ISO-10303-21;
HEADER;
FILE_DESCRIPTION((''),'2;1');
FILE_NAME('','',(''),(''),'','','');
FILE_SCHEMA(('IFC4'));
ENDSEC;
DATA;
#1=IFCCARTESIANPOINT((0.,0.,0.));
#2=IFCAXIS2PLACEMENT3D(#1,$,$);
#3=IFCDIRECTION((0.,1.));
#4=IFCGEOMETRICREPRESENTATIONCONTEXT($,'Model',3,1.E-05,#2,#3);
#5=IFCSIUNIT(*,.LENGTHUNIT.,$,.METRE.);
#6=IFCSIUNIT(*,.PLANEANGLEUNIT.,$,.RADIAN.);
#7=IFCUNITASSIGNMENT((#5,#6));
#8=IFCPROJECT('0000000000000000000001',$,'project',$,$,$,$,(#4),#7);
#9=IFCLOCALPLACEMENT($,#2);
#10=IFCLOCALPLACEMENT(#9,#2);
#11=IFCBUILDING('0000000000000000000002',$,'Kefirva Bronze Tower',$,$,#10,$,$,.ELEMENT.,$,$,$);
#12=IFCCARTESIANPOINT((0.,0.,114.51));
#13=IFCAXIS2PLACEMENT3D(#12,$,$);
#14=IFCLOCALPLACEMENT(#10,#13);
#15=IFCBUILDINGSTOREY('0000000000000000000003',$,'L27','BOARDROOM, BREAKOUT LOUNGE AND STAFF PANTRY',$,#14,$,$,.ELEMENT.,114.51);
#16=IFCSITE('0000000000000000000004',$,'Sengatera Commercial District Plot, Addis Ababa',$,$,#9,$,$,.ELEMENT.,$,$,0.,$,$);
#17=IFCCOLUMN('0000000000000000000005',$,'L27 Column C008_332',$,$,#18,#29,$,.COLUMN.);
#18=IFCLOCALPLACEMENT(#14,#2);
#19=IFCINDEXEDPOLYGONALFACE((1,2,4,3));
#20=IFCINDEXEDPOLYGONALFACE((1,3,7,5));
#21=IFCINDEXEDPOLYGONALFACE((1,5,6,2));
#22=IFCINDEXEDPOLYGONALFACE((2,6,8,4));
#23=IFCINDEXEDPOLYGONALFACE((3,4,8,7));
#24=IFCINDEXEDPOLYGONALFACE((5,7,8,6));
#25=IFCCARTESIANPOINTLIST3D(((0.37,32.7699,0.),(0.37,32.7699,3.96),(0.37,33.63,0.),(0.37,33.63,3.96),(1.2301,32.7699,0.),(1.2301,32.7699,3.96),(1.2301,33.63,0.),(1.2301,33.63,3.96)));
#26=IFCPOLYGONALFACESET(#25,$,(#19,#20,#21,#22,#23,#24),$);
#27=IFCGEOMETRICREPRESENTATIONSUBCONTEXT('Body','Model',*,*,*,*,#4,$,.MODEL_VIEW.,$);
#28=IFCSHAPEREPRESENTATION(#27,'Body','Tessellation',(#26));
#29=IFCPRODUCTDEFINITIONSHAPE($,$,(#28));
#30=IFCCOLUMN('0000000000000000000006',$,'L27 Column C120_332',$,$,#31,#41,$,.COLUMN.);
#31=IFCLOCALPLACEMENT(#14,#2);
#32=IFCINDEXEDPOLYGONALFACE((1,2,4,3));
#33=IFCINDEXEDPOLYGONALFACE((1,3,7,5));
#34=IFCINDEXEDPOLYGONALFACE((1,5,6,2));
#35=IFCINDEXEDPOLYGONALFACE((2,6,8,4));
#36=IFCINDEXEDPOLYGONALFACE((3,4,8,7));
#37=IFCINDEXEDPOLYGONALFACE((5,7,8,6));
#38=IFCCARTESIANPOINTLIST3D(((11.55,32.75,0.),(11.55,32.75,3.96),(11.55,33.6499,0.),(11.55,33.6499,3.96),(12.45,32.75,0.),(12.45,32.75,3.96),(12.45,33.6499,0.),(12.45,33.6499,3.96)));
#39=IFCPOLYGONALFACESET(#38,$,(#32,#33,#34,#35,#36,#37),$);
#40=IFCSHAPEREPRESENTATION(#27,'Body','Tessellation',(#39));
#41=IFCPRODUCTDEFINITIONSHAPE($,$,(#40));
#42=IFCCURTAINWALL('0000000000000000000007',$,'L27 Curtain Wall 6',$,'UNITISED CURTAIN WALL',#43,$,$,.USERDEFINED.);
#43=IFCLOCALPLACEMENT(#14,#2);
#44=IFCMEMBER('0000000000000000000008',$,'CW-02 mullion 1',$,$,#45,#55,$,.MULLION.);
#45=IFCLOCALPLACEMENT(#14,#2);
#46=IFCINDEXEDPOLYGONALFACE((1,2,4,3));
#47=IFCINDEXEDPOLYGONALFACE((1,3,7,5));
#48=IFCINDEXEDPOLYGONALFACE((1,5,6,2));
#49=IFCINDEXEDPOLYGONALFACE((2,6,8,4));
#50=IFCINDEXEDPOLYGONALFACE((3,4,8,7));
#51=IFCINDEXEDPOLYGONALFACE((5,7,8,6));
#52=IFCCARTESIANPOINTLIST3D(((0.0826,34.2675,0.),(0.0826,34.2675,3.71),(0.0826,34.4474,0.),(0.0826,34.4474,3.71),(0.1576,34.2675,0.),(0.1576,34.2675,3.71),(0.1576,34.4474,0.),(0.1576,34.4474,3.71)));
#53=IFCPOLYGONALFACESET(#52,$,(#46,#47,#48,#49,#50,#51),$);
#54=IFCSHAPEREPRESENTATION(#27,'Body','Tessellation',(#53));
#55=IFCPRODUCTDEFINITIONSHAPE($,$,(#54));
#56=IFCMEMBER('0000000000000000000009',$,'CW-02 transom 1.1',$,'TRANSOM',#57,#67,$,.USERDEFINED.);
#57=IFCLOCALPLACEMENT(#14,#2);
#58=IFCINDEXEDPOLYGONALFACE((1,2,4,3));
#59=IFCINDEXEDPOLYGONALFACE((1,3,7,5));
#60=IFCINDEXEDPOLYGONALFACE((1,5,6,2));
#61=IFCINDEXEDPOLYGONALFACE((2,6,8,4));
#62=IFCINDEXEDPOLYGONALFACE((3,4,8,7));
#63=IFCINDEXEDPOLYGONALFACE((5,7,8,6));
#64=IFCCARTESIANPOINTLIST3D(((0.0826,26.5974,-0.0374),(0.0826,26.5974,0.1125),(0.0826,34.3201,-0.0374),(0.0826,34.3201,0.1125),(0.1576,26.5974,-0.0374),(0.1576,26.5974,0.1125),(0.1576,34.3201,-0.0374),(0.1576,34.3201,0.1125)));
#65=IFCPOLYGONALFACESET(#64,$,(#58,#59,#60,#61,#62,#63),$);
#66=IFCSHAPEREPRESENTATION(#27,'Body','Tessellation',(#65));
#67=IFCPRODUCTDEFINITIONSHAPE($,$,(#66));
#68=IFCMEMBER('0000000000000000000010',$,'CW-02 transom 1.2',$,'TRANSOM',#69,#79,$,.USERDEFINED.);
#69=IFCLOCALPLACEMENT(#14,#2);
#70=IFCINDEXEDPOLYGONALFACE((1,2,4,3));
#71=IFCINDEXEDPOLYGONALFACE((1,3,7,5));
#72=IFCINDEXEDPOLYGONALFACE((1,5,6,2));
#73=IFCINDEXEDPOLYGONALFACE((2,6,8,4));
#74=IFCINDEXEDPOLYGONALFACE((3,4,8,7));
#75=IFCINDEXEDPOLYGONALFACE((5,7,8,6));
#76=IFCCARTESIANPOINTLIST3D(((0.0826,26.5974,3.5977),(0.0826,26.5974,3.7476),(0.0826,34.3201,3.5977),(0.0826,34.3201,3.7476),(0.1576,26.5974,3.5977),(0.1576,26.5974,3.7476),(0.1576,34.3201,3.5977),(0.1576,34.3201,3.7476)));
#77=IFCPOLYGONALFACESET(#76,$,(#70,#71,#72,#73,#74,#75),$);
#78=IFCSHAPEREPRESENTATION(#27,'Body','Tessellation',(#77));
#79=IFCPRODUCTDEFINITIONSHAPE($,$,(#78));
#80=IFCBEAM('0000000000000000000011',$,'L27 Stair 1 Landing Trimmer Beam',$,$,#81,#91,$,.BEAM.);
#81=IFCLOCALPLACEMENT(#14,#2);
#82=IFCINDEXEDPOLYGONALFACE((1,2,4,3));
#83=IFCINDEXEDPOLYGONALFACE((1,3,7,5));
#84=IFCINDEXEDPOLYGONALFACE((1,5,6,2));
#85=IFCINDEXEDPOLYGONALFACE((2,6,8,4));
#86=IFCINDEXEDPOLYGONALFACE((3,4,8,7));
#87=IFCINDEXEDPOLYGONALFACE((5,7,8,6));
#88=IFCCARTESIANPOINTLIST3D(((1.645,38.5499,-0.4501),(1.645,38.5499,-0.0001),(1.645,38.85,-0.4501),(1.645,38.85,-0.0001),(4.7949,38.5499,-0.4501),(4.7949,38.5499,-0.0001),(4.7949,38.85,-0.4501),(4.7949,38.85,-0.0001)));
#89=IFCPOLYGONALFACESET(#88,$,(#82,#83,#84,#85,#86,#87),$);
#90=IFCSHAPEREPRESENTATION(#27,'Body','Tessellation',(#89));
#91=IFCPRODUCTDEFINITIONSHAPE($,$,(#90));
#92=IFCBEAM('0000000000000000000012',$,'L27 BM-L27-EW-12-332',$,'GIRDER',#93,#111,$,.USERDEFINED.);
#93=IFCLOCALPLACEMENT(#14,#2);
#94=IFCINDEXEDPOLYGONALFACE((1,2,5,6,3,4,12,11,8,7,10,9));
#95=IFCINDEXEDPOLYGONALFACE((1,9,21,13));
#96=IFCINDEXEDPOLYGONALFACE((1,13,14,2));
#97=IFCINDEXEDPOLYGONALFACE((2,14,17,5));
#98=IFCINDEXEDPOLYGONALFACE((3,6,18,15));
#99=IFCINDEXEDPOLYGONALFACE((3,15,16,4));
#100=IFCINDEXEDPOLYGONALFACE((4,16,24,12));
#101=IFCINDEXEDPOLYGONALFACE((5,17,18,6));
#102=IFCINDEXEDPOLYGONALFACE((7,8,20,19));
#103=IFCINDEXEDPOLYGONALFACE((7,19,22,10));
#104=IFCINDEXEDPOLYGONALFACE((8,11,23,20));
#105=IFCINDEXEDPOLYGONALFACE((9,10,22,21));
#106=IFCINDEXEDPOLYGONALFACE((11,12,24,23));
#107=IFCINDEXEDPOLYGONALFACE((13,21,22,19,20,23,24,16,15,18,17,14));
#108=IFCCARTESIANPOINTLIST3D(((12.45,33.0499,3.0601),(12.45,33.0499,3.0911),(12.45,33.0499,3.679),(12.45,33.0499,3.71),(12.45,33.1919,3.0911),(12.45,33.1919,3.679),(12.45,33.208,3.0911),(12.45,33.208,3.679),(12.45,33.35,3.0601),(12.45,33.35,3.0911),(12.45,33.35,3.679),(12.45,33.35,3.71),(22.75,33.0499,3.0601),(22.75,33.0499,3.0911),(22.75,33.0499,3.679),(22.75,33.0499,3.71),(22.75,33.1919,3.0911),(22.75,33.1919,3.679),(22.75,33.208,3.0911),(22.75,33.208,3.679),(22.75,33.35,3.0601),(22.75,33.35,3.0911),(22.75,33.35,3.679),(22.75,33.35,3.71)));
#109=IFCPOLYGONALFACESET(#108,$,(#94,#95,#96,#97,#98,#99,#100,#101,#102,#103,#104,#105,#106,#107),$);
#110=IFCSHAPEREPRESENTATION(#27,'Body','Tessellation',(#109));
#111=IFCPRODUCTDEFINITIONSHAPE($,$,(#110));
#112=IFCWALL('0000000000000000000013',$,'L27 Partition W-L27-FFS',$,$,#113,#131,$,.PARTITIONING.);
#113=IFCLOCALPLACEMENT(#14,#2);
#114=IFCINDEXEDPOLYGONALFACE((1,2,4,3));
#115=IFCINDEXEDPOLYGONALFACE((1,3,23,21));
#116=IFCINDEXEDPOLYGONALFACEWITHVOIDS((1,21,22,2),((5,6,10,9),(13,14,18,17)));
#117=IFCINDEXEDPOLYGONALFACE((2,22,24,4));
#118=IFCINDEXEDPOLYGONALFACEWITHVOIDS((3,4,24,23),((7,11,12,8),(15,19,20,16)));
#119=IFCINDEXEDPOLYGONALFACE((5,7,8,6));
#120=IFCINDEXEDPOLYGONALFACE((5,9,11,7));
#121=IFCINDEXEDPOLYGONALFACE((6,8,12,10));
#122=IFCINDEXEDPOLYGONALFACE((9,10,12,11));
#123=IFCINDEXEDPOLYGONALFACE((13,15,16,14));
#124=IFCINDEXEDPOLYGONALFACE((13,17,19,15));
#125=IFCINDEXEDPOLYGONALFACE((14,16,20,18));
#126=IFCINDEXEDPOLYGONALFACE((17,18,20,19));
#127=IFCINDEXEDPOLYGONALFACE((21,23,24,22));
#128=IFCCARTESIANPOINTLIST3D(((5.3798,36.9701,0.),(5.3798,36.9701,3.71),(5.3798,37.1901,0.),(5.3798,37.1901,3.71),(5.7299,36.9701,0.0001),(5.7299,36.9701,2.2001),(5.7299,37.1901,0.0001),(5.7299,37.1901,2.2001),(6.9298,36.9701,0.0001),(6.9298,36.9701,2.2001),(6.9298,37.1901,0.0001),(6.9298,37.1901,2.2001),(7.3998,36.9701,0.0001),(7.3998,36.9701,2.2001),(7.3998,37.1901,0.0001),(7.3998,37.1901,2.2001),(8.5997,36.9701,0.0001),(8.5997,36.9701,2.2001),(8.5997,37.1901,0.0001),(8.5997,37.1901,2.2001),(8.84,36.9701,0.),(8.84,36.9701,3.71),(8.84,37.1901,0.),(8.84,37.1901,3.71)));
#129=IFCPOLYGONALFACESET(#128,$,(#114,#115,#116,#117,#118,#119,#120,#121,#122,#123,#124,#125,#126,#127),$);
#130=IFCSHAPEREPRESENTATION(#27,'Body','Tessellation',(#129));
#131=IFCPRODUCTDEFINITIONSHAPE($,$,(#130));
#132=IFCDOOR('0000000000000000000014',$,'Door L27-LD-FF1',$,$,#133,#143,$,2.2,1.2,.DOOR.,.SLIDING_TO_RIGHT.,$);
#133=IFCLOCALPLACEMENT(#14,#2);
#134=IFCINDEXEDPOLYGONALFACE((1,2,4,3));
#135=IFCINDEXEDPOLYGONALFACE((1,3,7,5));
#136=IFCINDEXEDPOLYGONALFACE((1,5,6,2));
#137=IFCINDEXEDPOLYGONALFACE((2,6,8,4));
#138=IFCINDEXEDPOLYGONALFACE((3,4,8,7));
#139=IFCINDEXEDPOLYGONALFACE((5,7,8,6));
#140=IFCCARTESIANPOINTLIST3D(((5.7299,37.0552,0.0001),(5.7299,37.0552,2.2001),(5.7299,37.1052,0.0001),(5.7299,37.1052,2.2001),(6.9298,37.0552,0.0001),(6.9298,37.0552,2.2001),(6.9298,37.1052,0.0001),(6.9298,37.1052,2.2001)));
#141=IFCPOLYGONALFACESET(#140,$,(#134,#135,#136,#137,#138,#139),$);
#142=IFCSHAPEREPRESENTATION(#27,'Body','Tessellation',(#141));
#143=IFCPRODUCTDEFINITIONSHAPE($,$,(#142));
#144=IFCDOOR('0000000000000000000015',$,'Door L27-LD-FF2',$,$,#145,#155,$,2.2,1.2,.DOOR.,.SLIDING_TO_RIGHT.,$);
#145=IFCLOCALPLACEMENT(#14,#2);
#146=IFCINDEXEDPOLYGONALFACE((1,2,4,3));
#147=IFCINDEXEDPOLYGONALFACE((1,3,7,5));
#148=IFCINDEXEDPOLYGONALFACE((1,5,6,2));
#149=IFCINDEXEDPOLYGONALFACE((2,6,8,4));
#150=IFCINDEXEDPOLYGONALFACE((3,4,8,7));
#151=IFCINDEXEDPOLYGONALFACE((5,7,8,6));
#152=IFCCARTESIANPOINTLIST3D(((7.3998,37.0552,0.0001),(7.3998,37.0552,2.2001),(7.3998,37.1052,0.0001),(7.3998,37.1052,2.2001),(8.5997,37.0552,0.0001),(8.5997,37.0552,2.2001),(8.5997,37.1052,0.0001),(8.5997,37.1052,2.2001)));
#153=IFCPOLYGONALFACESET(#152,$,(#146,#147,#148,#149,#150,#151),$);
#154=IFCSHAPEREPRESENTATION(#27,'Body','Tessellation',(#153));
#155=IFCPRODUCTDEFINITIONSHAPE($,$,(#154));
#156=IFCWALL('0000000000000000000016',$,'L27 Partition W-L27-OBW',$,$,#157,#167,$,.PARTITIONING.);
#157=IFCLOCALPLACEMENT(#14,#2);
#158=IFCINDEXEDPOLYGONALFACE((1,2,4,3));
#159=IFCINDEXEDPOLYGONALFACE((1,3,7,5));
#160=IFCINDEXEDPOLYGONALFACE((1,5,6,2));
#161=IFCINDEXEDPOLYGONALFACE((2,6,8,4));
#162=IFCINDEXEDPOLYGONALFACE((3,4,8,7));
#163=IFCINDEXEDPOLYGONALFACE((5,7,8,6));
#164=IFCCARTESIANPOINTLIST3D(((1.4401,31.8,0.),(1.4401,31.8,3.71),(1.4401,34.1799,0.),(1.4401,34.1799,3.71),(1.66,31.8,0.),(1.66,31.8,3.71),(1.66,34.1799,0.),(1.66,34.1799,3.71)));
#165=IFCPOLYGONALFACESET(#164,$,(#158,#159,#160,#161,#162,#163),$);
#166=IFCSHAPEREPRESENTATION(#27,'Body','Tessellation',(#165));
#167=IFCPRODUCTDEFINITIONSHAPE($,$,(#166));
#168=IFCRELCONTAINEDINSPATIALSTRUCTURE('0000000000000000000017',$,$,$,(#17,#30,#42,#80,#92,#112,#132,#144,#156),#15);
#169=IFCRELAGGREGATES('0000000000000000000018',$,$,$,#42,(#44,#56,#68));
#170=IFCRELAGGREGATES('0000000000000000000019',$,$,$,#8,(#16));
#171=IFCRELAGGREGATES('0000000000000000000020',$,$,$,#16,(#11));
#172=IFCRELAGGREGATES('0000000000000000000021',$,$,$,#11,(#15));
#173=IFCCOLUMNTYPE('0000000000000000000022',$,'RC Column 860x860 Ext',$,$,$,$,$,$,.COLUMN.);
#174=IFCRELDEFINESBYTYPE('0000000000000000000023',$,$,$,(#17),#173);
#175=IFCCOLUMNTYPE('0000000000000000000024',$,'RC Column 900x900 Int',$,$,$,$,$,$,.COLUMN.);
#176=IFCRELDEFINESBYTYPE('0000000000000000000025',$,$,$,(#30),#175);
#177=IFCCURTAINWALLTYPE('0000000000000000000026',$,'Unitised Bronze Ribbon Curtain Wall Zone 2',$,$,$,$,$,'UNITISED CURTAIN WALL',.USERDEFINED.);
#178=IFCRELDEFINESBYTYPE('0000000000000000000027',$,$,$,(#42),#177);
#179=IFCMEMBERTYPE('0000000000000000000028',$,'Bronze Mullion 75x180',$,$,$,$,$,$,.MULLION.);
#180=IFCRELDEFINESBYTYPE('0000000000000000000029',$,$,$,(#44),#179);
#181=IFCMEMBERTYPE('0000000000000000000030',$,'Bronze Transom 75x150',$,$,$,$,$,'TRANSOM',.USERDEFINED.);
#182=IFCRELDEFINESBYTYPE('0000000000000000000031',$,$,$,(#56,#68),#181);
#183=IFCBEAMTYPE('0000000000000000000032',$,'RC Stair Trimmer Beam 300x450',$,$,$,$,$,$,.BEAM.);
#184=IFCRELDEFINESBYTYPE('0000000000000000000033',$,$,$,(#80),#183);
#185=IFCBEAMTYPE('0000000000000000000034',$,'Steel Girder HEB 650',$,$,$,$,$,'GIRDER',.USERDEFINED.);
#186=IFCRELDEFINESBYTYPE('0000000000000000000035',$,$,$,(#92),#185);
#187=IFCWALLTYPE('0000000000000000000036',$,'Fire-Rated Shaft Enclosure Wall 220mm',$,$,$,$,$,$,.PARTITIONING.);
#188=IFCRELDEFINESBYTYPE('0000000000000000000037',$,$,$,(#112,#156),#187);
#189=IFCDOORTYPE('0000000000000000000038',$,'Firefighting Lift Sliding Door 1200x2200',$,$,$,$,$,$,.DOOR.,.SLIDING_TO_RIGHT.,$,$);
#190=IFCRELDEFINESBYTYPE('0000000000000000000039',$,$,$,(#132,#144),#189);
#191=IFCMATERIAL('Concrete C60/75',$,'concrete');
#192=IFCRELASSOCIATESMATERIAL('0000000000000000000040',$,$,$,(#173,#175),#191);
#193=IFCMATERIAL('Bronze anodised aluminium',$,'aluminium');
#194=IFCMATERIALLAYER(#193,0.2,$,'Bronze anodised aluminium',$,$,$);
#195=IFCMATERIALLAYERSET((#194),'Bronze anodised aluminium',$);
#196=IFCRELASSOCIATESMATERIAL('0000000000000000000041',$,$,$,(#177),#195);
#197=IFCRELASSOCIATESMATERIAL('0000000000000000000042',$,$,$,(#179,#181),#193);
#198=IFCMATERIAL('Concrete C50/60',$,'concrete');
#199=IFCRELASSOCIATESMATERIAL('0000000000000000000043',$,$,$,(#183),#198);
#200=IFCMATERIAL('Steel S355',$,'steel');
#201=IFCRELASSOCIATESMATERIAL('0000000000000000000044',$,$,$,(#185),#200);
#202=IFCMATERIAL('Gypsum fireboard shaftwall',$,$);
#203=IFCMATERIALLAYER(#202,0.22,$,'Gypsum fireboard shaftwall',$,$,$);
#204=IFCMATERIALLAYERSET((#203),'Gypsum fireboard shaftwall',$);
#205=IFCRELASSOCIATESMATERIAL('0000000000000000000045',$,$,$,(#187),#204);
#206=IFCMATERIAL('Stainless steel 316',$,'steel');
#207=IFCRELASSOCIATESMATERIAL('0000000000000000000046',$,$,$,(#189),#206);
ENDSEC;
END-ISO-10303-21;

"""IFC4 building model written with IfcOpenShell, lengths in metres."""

from ifc_helpers import new_model, si_unit, direction, frame, frame_2d, origin, origin_2d, place, context, subcontext, project, spatial, rectangle, i_section, extrude, material, layer, layer_set, material_profile, profile_set, type_object, element, fill, aggregate, save


model = new_model("IFC4")

# Units and contexts
model_context = context("Model", 3, precision=1e-05, world=origin(), true_north=direction((0.0, 1.0)))
body_context = subcontext(model_context, "Body", "Model", "MODEL_VIEW")
ifc_project = project(units=[si_unit("LENGTHUNIT", "METRE"), si_unit("PLANEANGLEUNIT", "RADIAN")], contexts=[model_context])

# Site, building, storey
site_placement = place(None, origin())
site = spatial("IfcSite", under=ifc_project, at=site_placement, Name="Sengatera Commercial District Plot, Addis Ababa", CompositionType="ELEMENT", RefElevation=0.0)
building_placement = place(site_placement, origin())
building = spatial("IfcBuilding", under=site, at=building_placement, Name="Kefirva Bronze Tower", CompositionType="ELEMENT")
storey_placement = place(building_placement, frame((0.0, 0.0, 114.51)))
storey = spatial("IfcBuildingStorey", under=building, at=storey_placement, Name="L27", Description="BOARDROOM, BREAKOUT LOUNGE AND STAFF PANTRY", CompositionType="ELEMENT", Elevation=114.51)

# Columns
ifc_material_1 = material(Name="Concrete C60/75", Category="concrete")
ifc_material_profile_1 = material_profile(ifc_material_1, rectangle(XDim=0.8601, YDim=0.8601, at=origin_2d()), Name="RC 860x860")
ifc_profile_set_1 = profile_set([ifc_material_profile_1], Name="Concrete C60/75")
column_type_1 = type_object("IfcColumnType", Name="RC Column 860x860 Ext", PredefinedType="COLUMN", material=ifc_profile_set_1)
column_1_placement = place(storey_placement, frame((0.8, 33.2, 0.0), z_axis=(0.0, 0.0, 1.0), x_axis=(1.0, 0.0, 0.0)))
element("IfcColumn", 1, at=column_1_placement, inside=storey, type_object=column_type_1, Name="L27 Column C008_332", PredefinedType="COLUMN", context=body_context, shape_type="SweptSolid", body=[
    extrude(rectangle(XDim=0.8601, YDim=0.8601, at=origin_2d()), origin(), (0.0, 0.0, 1.0), 3.96),
])
ifc_material_profile_2 = material_profile(ifc_material_1, rectangle(XDim=0.8999, YDim=0.8999, at=origin_2d()), Name="RC 900x900")
ifc_profile_set_2 = profile_set([ifc_material_profile_2], Name="Concrete C60/75")
column_type_2 = type_object("IfcColumnType", Name="RC Column 900x900 Int", PredefinedType="COLUMN", material=ifc_profile_set_2)
column_2_placement = place(storey_placement, frame((12.0, 33.2, 0.0), z_axis=(0.0, 0.0, 1.0), x_axis=(1.0, 0.0, 0.0)))
element("IfcColumn", 2, at=column_2_placement, inside=storey, type_object=column_type_2, Name="L27 Column C120_332", PredefinedType="COLUMN", context=body_context, shape_type="SweptSolid", body=[
    extrude(rectangle(XDim=0.8999, YDim=0.8999, at=origin_2d()), origin(), (0.0, 0.0, 1.0), 3.96),
])

# Curtain wall, members
ifc_material_2 = material(Name="Bronze anodised aluminium", Category="aluminium")
ifc_layer_1 = layer(ifc_material_2, 0.2, Name="Bronze anodised aluminium")
ifc_layer_set_1 = layer_set([ifc_layer_1], Name="Bronze anodised aluminium")
curtain_wall_type = type_object("IfcCurtainWallType", Name="Unitised Bronze Ribbon Curtain Wall Zone 2", ElementType="UNITISED CURTAIN WALL", PredefinedType="USERDEFINED", material=ifc_layer_set_1)
curtain_wall_placement = place(storey_placement, origin())
curtain_wall = element("IfcCurtainWall", 3, at=curtain_wall_placement, inside=storey, type_object=curtain_wall_type, Name="L27 Curtain Wall 6", ObjectType="UNITISED CURTAIN WALL", PredefinedType="USERDEFINED")
ifc_material_profile_3 = material_profile(ifc_material_2, rectangle(XDim=0.075, YDim=0.1799, at=origin_2d()), Name="ALU 75x180")
ifc_profile_set_3 = profile_set([ifc_material_profile_3], Name="Bronze anodised aluminium")
member_type_1 = type_object("IfcMemberType", Name="Bronze Mullion 75x180", PredefinedType="MULLION", material=ifc_profile_set_3)
member_1_placement = place(storey_placement, frame((0.1201, 34.3574, 0.0), z_axis=(0.0, 0.0, 1.0), x_axis=(1.0, 0.0, 0.0)))
member_1 = element("IfcMember", 4, at=member_1_placement, type_object=member_type_1, Name="CW-02 mullion 1", PredefinedType="MULLION", context=body_context, shape_type="SweptSolid", body=[
    extrude(rectangle(XDim=0.075, YDim=0.1799, at=origin_2d()), origin(), (0.0, 0.0, 1.0), 3.71),
])
ifc_material_profile_4 = material_profile(ifc_material_2, rectangle(XDim=0.075, YDim=0.1499, at=origin_2d()), Name="ALU 75x150")
ifc_profile_set_4 = profile_set([ifc_material_profile_4], Name="Bronze anodised aluminium")
member_type_2 = type_object("IfcMemberType", Name="Bronze Transom 75x150", ElementType="TRANSOM", PredefinedType="USERDEFINED", material=ifc_profile_set_4)
member_2_placement = place(storey_placement, frame((0.1201, 34.3201, 0.0376), z_axis=(0.0, -1.0, 0.0), x_axis=(1.0, 0.0, 0.0)))
member_2 = element("IfcMember", 5, at=member_2_placement, type_object=member_type_2, Name="CW-02 transom 1.1", ObjectType="TRANSOM", PredefinedType="USERDEFINED", context=body_context, shape_type="SweptSolid", body=[
    extrude(rectangle(XDim=0.075, YDim=0.1499, at=origin_2d()), origin(), (0.0, 0.0, 1.0), 7.7227),
])
member_3_placement = place(storey_placement, frame((0.1201, 34.3201, 3.6726), z_axis=(0.0, -1.0, 0.0), x_axis=(1.0, 0.0, 0.0)))
member_3 = element("IfcMember", 6, at=member_3_placement, type_object=member_type_2, Name="CW-02 transom 1.2", ObjectType="TRANSOM", PredefinedType="USERDEFINED", context=body_context, shape_type="SweptSolid", body=[
    extrude(rectangle(XDim=0.075, YDim=0.1499, at=origin_2d()), origin(), (0.0, 0.0, 1.0), 7.7227),
])
aggregate(curtain_wall, [member_1, member_2, member_3])

# Beams
ifc_material_3 = material(Name="Concrete C50/60", Category="concrete")
ifc_material_profile_5 = material_profile(ifc_material_3, rectangle(XDim=0.3, YDim=0.45, at=origin_2d()), Name="RC 300x450")
ifc_profile_set_5 = profile_set([ifc_material_profile_5], Name="Concrete C50/60")
beam_type_1 = type_object("IfcBeamType", Name="RC Stair Trimmer Beam 300x450", PredefinedType="BEAM", material=ifc_profile_set_5)
beam_1_placement = place(storey_placement, frame((1.645, 38.7, -0.2251), z_axis=(1.0, 0.0, 0.0), x_axis=(0.0, 1.0, 0.0)))
element("IfcBeam", 7, at=beam_1_placement, inside=storey, type_object=beam_type_1, Name="L27 Stair 1 Landing Trimmer Beam", PredefinedType="BEAM", context=body_context, shape_type="SweptSolid", body=[
    extrude(rectangle(XDim=0.3, YDim=0.45, at=origin_2d()), origin(), (0.0, 0.0, 1.0), 3.1499),
])
ifc_material_4 = material(Name="Steel S355", Category="steel")
ifc_material_profile_6 = material_profile(ifc_material_4, i_section(OverallWidth=0.3, OverallDepth=0.6499, WebThickness=0.0161, FlangeThickness=0.031, at=origin_2d()), Name="HEB 650")
ifc_profile_set_6 = profile_set([ifc_material_profile_6], Name="Steel S355")
beam_type_2 = type_object("IfcBeamType", Name="Steel Girder HEB 650", ElementType="GIRDER", PredefinedType="USERDEFINED", material=ifc_profile_set_6)
beam_2_placement = place(storey_placement, frame((12.45, 33.2, 3.385), z_axis=(1.0, 0.0, 0.0), x_axis=(0.0, 1.0, 0.0)))
element("IfcBeam", 8, at=beam_2_placement, inside=storey, type_object=beam_type_2, Name="L27 BM-L27-EW-12-332", ObjectType="GIRDER", PredefinedType="USERDEFINED", context=body_context, shape_type="SweptSolid", body=[
    extrude(i_section(OverallWidth=0.3, OverallDepth=0.6499, WebThickness=0.0161, FlangeThickness=0.031, at=origin_2d()), origin(), (0.0, 0.0, 1.0), 10.3),
])

# Shared definitions
ifc_material_5 = material(Name="Gypsum fireboard shaftwall")
ifc_layer_2 = layer(ifc_material_5, 0.22, Name="Gypsum fireboard shaftwall")
ifc_layer_set_2 = layer_set([ifc_layer_2], Name="Gypsum fireboard shaftwall")
wall_type_1 = type_object("IfcWallType", Name="Fire-Rated Shaft Enclosure Wall 220mm", PredefinedType="PARTITIONING", material=ifc_layer_set_2)

# Wall, openings, doors
wall_1_placement = place(storey_placement, frame((5.3799, 37.0801, 0.0), z_axis=(0.0, 0.0, 1.0), x_axis=(1.0, 0.0, 0.0)))
wall_1 = element("IfcWall", 9, at=wall_1_placement, inside=storey, type_object=wall_type_1, Name="L27 Partition W-L27-FFS", PredefinedType="PARTITIONING", context=body_context, shape_type="SweptSolid", body=[
    extrude(rectangle(XDim=3.4602, YDim=0.22, at=frame_2d((1.73, 0.0))), origin(), (0.0, 0.0, 1.0), 3.71),
])
opening_1_placement = place(wall_1_placement, frame((1.55, 0.0, 0.0), z_axis=(0.0, 0.0, 1.0), x_axis=(-1.0, 0.0, 0.0)))
opening_1 = element("IfcOpeningElement", 10, at=opening_1_placement, cuts=wall_1, PredefinedType="OPENING", context=body_context, shape_type="SweptSolid", body=[
    extrude(rectangle(XDim=1.2, YDim=2.2, at=frame_2d((0.6001, 1.1001))), frame((0.0, 0.1201, 0.0), z_axis=(0.0, -1.0, 0.0), x_axis=(1.0, 0.0, 0.0)), (0.0, 0.0, 1.0), 0.24),
])
opening_2_placement = place(wall_1_placement, frame((3.22, 0.0, 0.0), z_axis=(0.0, 0.0, 1.0), x_axis=(-1.0, 0.0, 0.0)))
opening_2 = element("IfcOpeningElement", 11, at=opening_2_placement, cuts=wall_1, PredefinedType="OPENING", context=body_context, shape_type="SweptSolid", body=[
    extrude(rectangle(XDim=1.2, YDim=2.2, at=frame_2d((0.6001, 1.1001))), frame((0.0, 0.1201, 0.0), z_axis=(0.0, -1.0, 0.0), x_axis=(1.0, 0.0, 0.0)), (0.0, 0.0, 1.0), 0.24),
])
ifc_material_6 = material(Name="Stainless steel 316", Category="steel")
door_type_1 = type_object("IfcDoorType", Name="Firefighting Lift Sliding Door 1200x2200", OperationType="SLIDING_TO_RIGHT", PredefinedType="DOOR", material=ifc_material_6)
door_1_placement = place(opening_1_placement, origin())
door_1 = element("IfcDoor", 12, at=door_1_placement, inside=storey, type_object=door_type_1, Name="Door L27-LD-FF1", OperationType="SLIDING_TO_RIGHT", OverallHeight=2.2, OverallWidth=1.2, PredefinedType="DOOR", context=body_context, shape_type="SweptSolid", body=[
    extrude(rectangle(XDim=1.2, YDim=2.2, at=frame_2d((0.6001, 1.1001))), frame((0.0, 0.0249, 0.0), z_axis=(0.0, -1.0, 0.0), x_axis=(1.0, 0.0, 0.0)), (0.0, 0.0, 1.0), 0.05),
])
fill(opening_1, door_1)
door_2_placement = place(opening_2_placement, origin())
door_2 = element("IfcDoor", 13, at=door_2_placement, inside=storey, type_object=door_type_1, Name="Door L27-LD-FF2", OperationType="SLIDING_TO_RIGHT", OverallHeight=2.2, OverallWidth=1.2, PredefinedType="DOOR", context=body_context, shape_type="SweptSolid", body=[
    extrude(rectangle(XDim=1.2, YDim=2.2, at=frame_2d((0.6001, 1.1001))), frame((0.0, 0.0249, 0.0), z_axis=(0.0, -1.0, 0.0), x_axis=(1.0, 0.0, 0.0)), (0.0, 0.0, 1.0), 0.05),
])
fill(opening_2, door_2)

# Wall
for number, where, z_axis, x_axis, name in (
    (14, (1.55, 31.8, 0.0), (0.0, 0.0, 1.0), (0.0, 1.0, 0.0), "L27 Partition W-L27-OBW"),
):
    element("IfcWall", number, at=place(storey_placement, frame(where, z_axis=z_axis, x_axis=x_axis)), inside=storey, type_object=wall_type_1, Name=name, PredefinedType="PARTITIONING", context=body_context, shape_type="SweptSolid", body=[
        extrude(rectangle(XDim=2.3799, YDim=0.22, at=frame_2d((1.1899, 0.0))), origin(), (0.0, 0.0, 1.0), 3.71),
    ])

save(model, "model.ifc")
